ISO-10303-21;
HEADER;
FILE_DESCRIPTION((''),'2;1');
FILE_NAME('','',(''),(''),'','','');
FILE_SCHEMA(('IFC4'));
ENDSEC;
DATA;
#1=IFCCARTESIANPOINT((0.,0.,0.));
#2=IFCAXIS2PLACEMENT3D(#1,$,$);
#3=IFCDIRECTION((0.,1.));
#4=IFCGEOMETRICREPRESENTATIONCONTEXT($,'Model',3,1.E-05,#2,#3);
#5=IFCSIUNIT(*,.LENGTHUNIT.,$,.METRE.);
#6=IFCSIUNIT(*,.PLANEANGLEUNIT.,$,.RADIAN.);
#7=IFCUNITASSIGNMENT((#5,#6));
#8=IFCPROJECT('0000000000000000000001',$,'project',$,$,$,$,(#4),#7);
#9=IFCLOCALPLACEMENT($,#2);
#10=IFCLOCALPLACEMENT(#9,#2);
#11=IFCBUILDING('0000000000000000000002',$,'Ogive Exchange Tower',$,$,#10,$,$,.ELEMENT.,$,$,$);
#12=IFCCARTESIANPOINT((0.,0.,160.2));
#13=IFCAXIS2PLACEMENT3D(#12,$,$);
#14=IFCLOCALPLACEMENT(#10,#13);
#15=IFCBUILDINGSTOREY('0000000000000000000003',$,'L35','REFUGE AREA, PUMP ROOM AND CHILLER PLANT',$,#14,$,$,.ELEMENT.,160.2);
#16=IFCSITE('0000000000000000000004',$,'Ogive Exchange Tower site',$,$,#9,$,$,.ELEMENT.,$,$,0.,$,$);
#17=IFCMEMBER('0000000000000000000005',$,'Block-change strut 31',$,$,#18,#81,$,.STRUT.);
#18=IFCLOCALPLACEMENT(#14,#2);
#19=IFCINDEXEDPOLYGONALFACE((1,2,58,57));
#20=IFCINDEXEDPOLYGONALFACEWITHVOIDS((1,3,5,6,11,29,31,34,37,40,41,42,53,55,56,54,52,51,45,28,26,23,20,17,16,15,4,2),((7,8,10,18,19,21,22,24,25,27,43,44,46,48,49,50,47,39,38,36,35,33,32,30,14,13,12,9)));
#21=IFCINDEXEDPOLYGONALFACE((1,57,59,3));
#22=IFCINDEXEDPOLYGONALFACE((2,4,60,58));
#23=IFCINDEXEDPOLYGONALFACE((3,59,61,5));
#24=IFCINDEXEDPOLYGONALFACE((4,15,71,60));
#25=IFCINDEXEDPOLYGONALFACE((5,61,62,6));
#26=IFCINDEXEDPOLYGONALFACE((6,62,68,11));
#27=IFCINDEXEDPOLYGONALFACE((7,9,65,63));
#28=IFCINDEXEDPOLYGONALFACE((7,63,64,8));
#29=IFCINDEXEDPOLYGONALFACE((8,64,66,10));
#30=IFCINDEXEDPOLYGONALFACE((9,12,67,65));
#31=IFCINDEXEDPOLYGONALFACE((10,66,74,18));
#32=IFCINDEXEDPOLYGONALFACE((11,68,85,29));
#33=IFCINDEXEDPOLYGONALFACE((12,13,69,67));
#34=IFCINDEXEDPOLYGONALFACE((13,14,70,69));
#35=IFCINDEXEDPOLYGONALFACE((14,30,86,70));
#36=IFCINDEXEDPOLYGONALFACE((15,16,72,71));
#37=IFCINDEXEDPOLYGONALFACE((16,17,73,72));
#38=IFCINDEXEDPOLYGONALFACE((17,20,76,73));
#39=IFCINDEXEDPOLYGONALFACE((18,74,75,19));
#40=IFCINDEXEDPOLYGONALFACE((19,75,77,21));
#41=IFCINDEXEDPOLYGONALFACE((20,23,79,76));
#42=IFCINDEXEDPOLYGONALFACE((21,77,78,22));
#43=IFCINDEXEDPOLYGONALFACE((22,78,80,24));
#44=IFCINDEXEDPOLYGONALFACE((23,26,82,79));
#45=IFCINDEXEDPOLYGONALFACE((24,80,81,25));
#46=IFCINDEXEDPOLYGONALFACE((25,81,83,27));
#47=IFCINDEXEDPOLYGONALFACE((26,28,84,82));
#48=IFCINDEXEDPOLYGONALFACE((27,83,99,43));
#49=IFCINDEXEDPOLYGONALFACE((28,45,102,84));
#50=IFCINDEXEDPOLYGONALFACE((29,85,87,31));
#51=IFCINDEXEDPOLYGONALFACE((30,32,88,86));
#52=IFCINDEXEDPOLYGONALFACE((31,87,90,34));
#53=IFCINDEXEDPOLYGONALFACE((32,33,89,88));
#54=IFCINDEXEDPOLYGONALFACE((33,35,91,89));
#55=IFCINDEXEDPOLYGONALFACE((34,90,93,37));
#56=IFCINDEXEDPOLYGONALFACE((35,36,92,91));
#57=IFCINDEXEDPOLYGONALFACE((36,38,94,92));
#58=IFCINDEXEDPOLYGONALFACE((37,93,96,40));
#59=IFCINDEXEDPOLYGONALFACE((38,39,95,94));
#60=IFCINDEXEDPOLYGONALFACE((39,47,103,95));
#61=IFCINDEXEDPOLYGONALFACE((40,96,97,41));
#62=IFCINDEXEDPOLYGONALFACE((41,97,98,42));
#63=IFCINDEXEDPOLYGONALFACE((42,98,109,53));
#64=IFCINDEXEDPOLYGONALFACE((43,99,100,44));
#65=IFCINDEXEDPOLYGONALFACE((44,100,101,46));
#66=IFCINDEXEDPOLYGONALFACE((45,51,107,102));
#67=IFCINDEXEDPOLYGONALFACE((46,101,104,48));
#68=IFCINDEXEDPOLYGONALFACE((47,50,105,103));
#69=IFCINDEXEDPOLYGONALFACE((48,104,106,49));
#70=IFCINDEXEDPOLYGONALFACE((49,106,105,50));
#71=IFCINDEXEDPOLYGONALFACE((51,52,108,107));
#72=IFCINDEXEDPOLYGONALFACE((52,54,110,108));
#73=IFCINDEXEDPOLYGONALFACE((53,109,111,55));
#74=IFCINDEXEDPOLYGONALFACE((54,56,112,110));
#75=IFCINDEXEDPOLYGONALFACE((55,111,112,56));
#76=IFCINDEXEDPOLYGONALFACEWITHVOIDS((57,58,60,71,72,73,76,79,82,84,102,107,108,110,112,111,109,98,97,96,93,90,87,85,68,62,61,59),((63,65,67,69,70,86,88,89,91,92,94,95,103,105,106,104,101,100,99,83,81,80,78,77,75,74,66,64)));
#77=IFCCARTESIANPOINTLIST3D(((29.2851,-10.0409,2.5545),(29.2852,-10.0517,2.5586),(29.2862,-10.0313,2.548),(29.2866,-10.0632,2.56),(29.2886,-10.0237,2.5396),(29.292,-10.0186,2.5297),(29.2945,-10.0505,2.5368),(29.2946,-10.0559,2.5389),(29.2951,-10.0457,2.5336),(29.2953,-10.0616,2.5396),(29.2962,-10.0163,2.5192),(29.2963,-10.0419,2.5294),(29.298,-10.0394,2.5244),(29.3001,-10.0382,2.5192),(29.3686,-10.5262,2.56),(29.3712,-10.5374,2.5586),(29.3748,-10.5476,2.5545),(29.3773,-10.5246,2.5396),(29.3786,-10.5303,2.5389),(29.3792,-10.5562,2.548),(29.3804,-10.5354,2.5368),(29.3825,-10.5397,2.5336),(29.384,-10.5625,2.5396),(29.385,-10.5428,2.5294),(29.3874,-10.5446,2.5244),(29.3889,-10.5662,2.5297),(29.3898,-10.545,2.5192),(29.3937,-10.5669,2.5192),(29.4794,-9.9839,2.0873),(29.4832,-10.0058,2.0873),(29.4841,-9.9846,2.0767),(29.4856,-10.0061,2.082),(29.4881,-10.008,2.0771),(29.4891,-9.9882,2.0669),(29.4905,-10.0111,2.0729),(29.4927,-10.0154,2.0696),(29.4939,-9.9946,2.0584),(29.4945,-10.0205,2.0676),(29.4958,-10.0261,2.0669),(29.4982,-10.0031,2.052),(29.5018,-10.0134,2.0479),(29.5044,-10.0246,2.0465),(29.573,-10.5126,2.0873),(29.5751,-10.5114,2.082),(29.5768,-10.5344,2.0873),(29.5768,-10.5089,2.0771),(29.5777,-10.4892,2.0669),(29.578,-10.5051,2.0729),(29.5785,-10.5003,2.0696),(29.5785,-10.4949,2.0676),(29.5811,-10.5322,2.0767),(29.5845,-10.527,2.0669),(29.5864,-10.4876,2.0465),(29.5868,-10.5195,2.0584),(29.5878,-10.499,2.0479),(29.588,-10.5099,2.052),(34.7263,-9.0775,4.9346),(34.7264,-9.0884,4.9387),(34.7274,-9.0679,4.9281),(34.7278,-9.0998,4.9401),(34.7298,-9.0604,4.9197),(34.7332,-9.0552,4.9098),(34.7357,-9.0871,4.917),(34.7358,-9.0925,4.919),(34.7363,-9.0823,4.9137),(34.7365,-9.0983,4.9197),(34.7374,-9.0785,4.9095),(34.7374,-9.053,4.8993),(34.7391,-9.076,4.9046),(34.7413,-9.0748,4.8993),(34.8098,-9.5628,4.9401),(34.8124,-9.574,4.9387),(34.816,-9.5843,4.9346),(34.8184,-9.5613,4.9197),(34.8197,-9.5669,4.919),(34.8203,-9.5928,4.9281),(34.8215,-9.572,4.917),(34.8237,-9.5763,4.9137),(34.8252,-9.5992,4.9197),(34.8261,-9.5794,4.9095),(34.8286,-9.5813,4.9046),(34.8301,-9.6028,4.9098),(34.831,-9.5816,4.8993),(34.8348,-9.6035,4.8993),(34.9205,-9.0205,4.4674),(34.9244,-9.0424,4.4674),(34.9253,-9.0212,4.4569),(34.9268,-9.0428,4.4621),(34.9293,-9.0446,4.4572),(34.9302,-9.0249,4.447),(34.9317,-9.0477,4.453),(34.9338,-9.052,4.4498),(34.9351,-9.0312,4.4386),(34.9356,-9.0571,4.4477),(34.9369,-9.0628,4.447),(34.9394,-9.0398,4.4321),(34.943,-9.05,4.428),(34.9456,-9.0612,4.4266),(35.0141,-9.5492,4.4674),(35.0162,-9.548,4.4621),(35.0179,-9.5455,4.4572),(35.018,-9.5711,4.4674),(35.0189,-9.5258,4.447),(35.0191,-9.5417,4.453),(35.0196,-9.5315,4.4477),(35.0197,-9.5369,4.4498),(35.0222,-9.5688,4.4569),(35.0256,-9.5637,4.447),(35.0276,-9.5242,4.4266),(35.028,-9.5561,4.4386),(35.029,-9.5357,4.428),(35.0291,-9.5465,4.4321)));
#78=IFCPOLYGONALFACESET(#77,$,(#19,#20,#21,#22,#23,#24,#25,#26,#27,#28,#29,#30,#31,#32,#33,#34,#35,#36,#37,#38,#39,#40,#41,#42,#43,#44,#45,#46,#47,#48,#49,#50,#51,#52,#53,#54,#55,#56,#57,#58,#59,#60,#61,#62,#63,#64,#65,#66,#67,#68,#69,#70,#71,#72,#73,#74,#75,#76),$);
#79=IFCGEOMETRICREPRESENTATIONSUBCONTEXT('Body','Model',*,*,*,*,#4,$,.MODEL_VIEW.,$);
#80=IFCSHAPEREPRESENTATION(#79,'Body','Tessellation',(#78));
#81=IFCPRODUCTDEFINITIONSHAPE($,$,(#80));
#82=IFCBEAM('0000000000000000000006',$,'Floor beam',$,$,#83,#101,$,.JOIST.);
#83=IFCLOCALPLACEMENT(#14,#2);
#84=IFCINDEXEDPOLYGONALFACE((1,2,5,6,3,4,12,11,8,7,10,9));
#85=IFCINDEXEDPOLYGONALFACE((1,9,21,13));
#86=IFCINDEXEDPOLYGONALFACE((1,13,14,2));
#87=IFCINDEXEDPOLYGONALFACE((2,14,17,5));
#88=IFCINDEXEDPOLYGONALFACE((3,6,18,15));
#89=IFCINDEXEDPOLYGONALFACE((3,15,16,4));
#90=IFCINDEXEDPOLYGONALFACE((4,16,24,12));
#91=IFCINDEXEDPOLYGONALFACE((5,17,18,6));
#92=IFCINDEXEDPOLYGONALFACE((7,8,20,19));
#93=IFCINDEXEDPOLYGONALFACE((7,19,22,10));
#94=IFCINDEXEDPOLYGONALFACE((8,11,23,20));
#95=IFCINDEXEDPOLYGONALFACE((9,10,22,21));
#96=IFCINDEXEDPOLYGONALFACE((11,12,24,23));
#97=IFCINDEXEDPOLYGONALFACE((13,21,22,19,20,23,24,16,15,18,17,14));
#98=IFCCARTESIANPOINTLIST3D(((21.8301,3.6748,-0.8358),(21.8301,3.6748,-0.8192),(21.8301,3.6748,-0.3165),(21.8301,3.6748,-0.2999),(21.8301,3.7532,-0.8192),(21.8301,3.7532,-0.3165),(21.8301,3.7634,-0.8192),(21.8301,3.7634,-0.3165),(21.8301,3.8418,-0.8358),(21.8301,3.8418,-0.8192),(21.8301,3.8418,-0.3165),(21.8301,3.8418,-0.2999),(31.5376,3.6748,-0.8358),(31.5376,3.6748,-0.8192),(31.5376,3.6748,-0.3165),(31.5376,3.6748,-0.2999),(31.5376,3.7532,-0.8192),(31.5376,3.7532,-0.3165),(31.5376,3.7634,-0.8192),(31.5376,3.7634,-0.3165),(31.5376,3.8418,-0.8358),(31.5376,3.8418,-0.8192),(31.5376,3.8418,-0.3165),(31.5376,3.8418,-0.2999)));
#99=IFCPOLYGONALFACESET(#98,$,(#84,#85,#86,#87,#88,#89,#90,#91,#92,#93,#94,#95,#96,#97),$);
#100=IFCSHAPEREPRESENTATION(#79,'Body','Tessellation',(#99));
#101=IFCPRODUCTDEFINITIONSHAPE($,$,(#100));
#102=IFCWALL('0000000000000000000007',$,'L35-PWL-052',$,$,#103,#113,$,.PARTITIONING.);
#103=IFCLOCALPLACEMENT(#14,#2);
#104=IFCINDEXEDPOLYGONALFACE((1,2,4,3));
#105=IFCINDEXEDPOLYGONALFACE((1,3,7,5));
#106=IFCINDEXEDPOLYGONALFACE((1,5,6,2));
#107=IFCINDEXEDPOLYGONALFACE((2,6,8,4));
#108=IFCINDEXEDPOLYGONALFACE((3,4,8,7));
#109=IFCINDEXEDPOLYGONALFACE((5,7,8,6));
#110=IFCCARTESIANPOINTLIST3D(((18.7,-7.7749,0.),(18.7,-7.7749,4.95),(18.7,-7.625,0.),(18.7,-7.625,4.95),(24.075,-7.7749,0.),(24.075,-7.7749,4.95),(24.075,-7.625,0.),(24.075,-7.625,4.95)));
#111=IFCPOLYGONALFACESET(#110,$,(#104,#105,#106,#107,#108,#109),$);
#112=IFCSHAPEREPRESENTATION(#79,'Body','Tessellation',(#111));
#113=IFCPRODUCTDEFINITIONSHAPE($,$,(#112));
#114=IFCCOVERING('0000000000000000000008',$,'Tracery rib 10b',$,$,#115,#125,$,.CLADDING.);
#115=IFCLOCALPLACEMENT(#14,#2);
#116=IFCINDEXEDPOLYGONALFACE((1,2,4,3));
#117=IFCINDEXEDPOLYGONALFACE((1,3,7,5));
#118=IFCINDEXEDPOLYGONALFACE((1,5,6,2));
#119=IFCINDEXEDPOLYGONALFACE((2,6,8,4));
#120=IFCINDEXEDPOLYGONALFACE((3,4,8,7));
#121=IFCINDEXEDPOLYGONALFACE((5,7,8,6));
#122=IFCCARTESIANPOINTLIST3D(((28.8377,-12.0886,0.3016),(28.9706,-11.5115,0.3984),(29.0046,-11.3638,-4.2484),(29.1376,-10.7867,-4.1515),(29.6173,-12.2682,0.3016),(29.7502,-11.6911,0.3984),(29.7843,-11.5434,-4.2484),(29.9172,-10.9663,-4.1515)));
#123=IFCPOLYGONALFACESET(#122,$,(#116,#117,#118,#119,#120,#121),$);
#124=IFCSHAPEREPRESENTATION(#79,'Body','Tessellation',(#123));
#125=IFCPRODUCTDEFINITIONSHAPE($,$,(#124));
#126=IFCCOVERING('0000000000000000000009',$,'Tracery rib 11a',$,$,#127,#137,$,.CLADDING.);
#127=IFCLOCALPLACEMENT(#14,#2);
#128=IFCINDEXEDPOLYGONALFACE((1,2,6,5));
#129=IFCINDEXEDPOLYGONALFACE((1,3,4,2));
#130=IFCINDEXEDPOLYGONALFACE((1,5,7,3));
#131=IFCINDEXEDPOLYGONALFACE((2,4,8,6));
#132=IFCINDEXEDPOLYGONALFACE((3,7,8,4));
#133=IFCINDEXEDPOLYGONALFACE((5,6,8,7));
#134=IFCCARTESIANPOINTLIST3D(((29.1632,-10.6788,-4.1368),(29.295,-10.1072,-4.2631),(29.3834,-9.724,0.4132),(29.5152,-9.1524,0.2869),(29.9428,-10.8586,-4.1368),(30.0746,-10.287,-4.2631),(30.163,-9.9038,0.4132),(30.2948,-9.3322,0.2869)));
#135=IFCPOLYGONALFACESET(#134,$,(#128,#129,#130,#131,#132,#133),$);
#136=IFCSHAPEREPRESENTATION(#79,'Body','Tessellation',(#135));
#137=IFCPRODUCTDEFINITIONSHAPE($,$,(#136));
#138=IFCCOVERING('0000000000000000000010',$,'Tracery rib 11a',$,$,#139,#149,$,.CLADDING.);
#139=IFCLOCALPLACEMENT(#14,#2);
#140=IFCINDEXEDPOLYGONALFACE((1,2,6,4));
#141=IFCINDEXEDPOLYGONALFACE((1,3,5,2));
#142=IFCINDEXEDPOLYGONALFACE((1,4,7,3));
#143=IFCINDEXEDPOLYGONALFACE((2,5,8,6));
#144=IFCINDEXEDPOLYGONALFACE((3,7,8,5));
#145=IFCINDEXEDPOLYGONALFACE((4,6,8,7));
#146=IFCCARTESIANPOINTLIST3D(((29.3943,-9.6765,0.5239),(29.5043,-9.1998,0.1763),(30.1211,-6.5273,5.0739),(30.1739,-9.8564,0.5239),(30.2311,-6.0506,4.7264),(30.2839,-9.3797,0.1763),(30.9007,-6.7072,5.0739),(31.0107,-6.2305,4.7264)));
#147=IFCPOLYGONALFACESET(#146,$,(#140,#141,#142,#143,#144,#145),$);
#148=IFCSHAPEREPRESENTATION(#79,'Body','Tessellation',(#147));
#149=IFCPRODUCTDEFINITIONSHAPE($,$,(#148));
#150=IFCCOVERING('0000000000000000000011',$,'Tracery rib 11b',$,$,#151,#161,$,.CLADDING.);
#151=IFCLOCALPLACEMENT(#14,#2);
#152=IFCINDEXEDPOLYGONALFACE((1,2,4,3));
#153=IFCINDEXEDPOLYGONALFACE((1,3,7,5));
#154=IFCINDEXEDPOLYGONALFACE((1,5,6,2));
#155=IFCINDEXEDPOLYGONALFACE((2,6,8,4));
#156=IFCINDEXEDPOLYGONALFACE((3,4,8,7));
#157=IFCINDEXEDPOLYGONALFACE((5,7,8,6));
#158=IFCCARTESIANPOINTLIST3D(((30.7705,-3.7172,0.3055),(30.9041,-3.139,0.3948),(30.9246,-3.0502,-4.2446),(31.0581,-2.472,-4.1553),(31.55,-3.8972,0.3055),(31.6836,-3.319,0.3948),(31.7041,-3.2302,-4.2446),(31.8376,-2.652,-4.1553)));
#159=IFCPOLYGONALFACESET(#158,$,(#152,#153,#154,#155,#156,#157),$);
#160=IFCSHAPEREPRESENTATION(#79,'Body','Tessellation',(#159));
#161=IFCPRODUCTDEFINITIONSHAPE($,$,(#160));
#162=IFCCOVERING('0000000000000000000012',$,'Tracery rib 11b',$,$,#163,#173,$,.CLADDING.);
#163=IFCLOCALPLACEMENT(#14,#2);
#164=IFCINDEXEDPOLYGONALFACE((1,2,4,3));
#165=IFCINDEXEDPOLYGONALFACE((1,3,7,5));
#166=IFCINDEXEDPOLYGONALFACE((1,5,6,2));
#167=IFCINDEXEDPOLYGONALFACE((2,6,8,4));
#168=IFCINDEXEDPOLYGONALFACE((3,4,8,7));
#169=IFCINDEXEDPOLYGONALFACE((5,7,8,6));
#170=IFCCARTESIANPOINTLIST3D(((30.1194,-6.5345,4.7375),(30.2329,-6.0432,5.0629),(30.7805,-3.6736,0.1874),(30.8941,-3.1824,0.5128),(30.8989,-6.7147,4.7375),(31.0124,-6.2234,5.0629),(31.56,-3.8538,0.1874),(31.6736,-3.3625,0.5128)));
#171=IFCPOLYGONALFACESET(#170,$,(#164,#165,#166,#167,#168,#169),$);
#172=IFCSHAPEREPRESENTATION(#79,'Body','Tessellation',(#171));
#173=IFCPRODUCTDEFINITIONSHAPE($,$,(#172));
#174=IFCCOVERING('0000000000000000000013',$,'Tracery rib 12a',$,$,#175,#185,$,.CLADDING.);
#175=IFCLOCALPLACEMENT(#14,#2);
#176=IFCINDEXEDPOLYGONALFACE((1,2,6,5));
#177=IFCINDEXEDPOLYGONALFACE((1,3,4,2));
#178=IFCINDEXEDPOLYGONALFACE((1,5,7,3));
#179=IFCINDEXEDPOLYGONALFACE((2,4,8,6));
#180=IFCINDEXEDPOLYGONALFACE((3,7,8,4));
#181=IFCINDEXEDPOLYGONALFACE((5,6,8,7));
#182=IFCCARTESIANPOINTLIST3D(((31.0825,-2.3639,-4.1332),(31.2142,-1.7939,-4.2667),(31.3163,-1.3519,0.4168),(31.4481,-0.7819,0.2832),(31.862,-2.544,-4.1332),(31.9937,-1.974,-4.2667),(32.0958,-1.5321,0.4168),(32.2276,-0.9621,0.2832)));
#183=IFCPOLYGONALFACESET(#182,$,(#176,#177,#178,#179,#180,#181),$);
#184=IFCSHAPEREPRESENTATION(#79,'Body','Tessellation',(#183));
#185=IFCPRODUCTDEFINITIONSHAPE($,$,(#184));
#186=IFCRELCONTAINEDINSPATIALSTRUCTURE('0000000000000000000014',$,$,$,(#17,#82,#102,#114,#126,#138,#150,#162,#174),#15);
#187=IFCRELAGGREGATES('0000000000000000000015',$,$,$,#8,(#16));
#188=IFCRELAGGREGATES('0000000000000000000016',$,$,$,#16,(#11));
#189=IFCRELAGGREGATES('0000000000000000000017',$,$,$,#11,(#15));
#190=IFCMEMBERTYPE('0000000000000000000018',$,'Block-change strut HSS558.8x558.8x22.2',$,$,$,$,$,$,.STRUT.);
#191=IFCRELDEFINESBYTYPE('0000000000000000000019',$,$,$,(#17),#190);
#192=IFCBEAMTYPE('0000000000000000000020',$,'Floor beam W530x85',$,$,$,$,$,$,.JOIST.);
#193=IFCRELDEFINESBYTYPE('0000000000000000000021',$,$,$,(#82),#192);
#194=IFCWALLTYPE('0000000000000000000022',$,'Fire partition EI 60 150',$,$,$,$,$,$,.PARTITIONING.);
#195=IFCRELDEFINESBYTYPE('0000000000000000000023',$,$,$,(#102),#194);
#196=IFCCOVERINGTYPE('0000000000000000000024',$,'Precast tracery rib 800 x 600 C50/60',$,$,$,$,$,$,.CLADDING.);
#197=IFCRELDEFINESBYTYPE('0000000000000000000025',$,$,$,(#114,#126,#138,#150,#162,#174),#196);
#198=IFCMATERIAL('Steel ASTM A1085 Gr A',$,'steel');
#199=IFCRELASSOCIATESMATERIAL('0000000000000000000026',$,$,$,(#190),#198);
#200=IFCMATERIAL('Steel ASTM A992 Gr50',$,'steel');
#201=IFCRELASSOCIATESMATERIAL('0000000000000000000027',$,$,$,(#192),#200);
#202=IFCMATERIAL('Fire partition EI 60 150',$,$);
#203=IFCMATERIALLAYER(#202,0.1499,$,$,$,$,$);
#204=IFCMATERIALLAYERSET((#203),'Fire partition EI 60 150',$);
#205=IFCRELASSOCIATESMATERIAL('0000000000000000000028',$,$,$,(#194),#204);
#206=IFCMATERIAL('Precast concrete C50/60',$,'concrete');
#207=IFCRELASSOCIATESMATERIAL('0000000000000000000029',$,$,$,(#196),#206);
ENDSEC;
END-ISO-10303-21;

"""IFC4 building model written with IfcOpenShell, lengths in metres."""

from ifc_helpers import new_model, si_unit, direction, frame, frame_2d, origin, origin_2d, place, context, subcontext, project, spatial, rectangle, hollow_rectangle, i_section, extrude, material, layer, layer_set, material_profile, profile_set, type_object, element, save


model = new_model("IFC4")

# Units and contexts
model_context = context("Model", 3, precision=1e-05, world=origin(), true_north=direction((0.0, 1.0)))
body_context = subcontext(model_context, "Body", "Model", "MODEL_VIEW")
ifc_project = project(units=[si_unit("LENGTHUNIT", "METRE"), si_unit("PLANEANGLEUNIT", "RADIAN")], contexts=[model_context])

# Site, building, storey
site_placement = place(None, origin())
site = spatial("IfcSite", under=ifc_project, at=site_placement, Name="Ogive Exchange Tower site", CompositionType="ELEMENT", RefElevation=0.0)
building_placement = place(site_placement, origin())
building = spatial("IfcBuilding", under=site, at=building_placement, Name="Ogive Exchange Tower", CompositionType="ELEMENT")
storey_placement = place(building_placement, frame((0.0, 0.0, 160.2)))
storey = spatial("IfcBuildingStorey", under=building, at=storey_placement, Name="L35", Description="REFUGE AREA, PUMP ROOM AND CHILLER PLANT", CompositionType="ELEMENT", Elevation=160.2)

# Shared definitions
ifc_material_1 = material(Name="Steel ASTM A992 Gr50", Category="steel")

# Shared definitions
ifc_material_2 = material(Name="Steel ASTM A1085 Gr A", Category="steel")

# Member
ifc_material_profile_1 = material_profile(ifc_material_2, hollow_rectangle(XDim=0.5591, YDim=0.5591, WallThickness=0.0222, InnerFilletRadius=0.0222, OuterFilletRadius=0.0444, at=origin_2d()), Name="HSS558.8x558.8x22.2")
ifc_profile_set_1 = profile_set([ifc_material_profile_1], Name="Steel ASTM A1085 Gr A")
member_type_1 = type_object("IfcMemberType", Name="Block-change strut HSS558.8x558.8x22.2", PredefinedType="STRUT", material=ifc_profile_set_1)
member_1_placement = place(storey_placement, frame((29.4365, -10.2754, 2.3032), z_axis=(0.90436, 0.16012, 0.395594), x_axis=(-0.174342, 0.984685, 0.0)))
element("IfcMember", 1, at=member_1_placement, inside=storey, type_object=member_type_1, Name="Block-change strut 31", PredefinedType="STRUT", context=body_context, shape_type="SweptSolid", body=[
    extrude(hollow_rectangle(XDim=0.5591, YDim=0.5591, WallThickness=0.0222, InnerFilletRadius=0.0222, OuterFilletRadius=0.0444, at=origin_2d()), origin(), (0.0, 0.0, 1.0), 6.0166),
])

# Beam
ifc_material_profile_2 = material_profile(ifc_material_1, i_section(OverallWidth=0.167, OverallDepth=0.5359, WebThickness=0.0103, FlangeThickness=0.0166, at=origin_2d()), Name="W530x85")
ifc_profile_set_2 = profile_set([ifc_material_profile_2], Name="Steel ASTM A992 Gr50")
beam_type_1 = type_object("IfcBeamType", Name="Floor beam W530x85", PredefinedType="JOIST", material=ifc_profile_set_2)
beam_1_placement = place(storey_placement, frame((21.8301, 3.7583, -0.5679), z_axis=(1.0, 0.0, 0.0), x_axis=(0.0, 1.0, 0.0)))
element("IfcBeam", 2, at=beam_1_placement, inside=storey, type_object=beam_type_1, Name="Floor beam", PredefinedType="JOIST", context=body_context, shape_type="SweptSolid", body=[
    extrude(i_section(OverallWidth=0.167, OverallDepth=0.5359, WebThickness=0.0103, FlangeThickness=0.0166, at=origin_2d()), origin(), (0.0, 0.0, 1.0), 9.7075),
])

# Wall
ifc_material_3 = material(Name="Fire partition EI 60 150")
ifc_layer = layer(ifc_material_3, 0.1499)
ifc_layer_set = layer_set([ifc_layer], Name="Fire partition EI 60 150")
wall_type = type_object("IfcWallType", Name="Fire partition EI 60 150", PredefinedType="PARTITIONING", material=ifc_layer_set)
wall_placement = place(storey_placement, frame((24.075, -7.7, 0.0), z_axis=(0.0, 0.0, 1.0), x_axis=(-1.0, 0.0, 0.0)))
element("IfcWall", 3, at=wall_placement, inside=storey, type_object=wall_type, Name="L35-PWL-052", PredefinedType="PARTITIONING", context=body_context, shape_type="SweptSolid", body=[
    extrude(rectangle(XDim=5.375, YDim=0.1499, at=frame_2d((2.6875, 0.0))), origin(), (0.0, 0.0, 1.0), 4.95),
])

# Coverings
ifc_material_4 = material(Name="Precast concrete C50/60", Category="concrete")
ifc_material_profile_3 = material_profile(ifc_material_4, rectangle(XDim=0.8, YDim=0.6001, at=origin_2d()), Name="RIB 800 x 600")
ifc_profile_set_3 = profile_set([ifc_material_profile_3], Name="Precast concrete C50/60")
covering_type = type_object("IfcCoveringType", Name="Precast tracery rib 800 x 600 C50/60", PredefinedType="CLADDING", material=ifc_profile_set_3)
covering_1_placement = place(storey_placement, frame((29.4609, -11.165, -4.2), z_axis=(-0.03622, -0.15722, 0.986899), x_axis=(0.974474, -0.2245, 0.0)))
element("IfcCovering", 4, at=covering_1_placement, inside=storey, type_object=covering_type, Name="Tracery rib 10b", PredefinedType="CLADDING", context=body_context, shape_type="SweptSolid", body=[
    extrude(rectangle(XDim=0.8, YDim=0.6001, at=origin_2d()), origin(), (0.0, 0.0, 1.0), 4.6104),
])
covering_2_placement = place(storey_placement, frame((29.6189, -10.4829, -4.2), z_axis=(0.047314, 0.205148, 0.977587), x_axis=(-0.974421, 0.224732, 0.0)))
element("IfcCovering", 5, at=covering_2_placement, inside=storey, type_object=covering_type, Name="Tracery rib 11a", PredefinedType="CLADDING", context=body_context, shape_type="SweptSolid", body=[
    extrude(rectangle(XDim=0.8, YDim=0.6001, at=origin_2d()), origin(), (0.0, 0.0, 1.0), 4.6543),
])
covering_3_placement = place(storey_placement, frame((29.8391, -9.5281, 0.3501), z_axis=(0.130227, 0.564258, 0.815263), x_axis=(-0.974386, 0.224882, 0.0)))
element("IfcCovering", 6, at=covering_3_placement, inside=storey, type_object=covering_type, Name="Tracery rib 11a", PredefinedType="CLADDING", context=body_context, shape_type="SweptSolid", body=[
    extrude(rectangle(XDim=0.8, YDim=0.6001, at=origin_2d()), origin(), (0.0, 0.0, 1.0), 5.5811),
])
covering_4_placement = place(storey_placement, frame((31.3811, -2.8511, -4.2), z_axis=(-0.033481, -0.144959, 0.988871), x_axis=(0.974349, -0.225042, 0.0)))
element("IfcCovering", 7, at=covering_4_placement, inside=storey, type_object=covering_type, Name="Tracery rib 11b", PredefinedType="CLADDING", context=body_context, shape_type="SweptSolid", body=[
    extrude(rectangle(XDim=0.8, YDim=0.6001, at=origin_2d()), origin(), (0.0, 0.0, 1.0), 4.6013),
])
covering_5_placement = place(storey_placement, frame((31.2271, -3.5181, 0.3501), z_axis=(-0.122088, -0.528298, 0.840236), x_axis=(0.974321, -0.225163, 0.0)))
element("IfcCovering", 8, at=covering_5_placement, inside=storey, type_object=covering_type, Name="Tracery rib 11b", PredefinedType="CLADDING", context=body_context, shape_type="SweptSolid", body=[
    extrude(rectangle(XDim=0.8, YDim=0.6001, at=origin_2d()), origin(), (0.0, 0.0, 1.0), 5.4153),
])
covering_6_placement = place(storey_placement, frame((31.5381, -2.1689, -4.2), z_axis=(0.050114, 0.21683, 0.974922), x_axis=(-0.974316, 0.225186, 0.0)))
element("IfcCovering", 9, at=covering_6_placement, inside=storey, type_object=covering_type, Name="Tracery rib 12a", PredefinedType="CLADDING", context=body_context, shape_type="SweptSolid", body=[
    extrude(rectangle(XDim=0.8, YDim=0.6001, at=origin_2d()), origin(), (0.0, 0.0, 1.0), 4.667),
])

save(model, "model.ifc")
